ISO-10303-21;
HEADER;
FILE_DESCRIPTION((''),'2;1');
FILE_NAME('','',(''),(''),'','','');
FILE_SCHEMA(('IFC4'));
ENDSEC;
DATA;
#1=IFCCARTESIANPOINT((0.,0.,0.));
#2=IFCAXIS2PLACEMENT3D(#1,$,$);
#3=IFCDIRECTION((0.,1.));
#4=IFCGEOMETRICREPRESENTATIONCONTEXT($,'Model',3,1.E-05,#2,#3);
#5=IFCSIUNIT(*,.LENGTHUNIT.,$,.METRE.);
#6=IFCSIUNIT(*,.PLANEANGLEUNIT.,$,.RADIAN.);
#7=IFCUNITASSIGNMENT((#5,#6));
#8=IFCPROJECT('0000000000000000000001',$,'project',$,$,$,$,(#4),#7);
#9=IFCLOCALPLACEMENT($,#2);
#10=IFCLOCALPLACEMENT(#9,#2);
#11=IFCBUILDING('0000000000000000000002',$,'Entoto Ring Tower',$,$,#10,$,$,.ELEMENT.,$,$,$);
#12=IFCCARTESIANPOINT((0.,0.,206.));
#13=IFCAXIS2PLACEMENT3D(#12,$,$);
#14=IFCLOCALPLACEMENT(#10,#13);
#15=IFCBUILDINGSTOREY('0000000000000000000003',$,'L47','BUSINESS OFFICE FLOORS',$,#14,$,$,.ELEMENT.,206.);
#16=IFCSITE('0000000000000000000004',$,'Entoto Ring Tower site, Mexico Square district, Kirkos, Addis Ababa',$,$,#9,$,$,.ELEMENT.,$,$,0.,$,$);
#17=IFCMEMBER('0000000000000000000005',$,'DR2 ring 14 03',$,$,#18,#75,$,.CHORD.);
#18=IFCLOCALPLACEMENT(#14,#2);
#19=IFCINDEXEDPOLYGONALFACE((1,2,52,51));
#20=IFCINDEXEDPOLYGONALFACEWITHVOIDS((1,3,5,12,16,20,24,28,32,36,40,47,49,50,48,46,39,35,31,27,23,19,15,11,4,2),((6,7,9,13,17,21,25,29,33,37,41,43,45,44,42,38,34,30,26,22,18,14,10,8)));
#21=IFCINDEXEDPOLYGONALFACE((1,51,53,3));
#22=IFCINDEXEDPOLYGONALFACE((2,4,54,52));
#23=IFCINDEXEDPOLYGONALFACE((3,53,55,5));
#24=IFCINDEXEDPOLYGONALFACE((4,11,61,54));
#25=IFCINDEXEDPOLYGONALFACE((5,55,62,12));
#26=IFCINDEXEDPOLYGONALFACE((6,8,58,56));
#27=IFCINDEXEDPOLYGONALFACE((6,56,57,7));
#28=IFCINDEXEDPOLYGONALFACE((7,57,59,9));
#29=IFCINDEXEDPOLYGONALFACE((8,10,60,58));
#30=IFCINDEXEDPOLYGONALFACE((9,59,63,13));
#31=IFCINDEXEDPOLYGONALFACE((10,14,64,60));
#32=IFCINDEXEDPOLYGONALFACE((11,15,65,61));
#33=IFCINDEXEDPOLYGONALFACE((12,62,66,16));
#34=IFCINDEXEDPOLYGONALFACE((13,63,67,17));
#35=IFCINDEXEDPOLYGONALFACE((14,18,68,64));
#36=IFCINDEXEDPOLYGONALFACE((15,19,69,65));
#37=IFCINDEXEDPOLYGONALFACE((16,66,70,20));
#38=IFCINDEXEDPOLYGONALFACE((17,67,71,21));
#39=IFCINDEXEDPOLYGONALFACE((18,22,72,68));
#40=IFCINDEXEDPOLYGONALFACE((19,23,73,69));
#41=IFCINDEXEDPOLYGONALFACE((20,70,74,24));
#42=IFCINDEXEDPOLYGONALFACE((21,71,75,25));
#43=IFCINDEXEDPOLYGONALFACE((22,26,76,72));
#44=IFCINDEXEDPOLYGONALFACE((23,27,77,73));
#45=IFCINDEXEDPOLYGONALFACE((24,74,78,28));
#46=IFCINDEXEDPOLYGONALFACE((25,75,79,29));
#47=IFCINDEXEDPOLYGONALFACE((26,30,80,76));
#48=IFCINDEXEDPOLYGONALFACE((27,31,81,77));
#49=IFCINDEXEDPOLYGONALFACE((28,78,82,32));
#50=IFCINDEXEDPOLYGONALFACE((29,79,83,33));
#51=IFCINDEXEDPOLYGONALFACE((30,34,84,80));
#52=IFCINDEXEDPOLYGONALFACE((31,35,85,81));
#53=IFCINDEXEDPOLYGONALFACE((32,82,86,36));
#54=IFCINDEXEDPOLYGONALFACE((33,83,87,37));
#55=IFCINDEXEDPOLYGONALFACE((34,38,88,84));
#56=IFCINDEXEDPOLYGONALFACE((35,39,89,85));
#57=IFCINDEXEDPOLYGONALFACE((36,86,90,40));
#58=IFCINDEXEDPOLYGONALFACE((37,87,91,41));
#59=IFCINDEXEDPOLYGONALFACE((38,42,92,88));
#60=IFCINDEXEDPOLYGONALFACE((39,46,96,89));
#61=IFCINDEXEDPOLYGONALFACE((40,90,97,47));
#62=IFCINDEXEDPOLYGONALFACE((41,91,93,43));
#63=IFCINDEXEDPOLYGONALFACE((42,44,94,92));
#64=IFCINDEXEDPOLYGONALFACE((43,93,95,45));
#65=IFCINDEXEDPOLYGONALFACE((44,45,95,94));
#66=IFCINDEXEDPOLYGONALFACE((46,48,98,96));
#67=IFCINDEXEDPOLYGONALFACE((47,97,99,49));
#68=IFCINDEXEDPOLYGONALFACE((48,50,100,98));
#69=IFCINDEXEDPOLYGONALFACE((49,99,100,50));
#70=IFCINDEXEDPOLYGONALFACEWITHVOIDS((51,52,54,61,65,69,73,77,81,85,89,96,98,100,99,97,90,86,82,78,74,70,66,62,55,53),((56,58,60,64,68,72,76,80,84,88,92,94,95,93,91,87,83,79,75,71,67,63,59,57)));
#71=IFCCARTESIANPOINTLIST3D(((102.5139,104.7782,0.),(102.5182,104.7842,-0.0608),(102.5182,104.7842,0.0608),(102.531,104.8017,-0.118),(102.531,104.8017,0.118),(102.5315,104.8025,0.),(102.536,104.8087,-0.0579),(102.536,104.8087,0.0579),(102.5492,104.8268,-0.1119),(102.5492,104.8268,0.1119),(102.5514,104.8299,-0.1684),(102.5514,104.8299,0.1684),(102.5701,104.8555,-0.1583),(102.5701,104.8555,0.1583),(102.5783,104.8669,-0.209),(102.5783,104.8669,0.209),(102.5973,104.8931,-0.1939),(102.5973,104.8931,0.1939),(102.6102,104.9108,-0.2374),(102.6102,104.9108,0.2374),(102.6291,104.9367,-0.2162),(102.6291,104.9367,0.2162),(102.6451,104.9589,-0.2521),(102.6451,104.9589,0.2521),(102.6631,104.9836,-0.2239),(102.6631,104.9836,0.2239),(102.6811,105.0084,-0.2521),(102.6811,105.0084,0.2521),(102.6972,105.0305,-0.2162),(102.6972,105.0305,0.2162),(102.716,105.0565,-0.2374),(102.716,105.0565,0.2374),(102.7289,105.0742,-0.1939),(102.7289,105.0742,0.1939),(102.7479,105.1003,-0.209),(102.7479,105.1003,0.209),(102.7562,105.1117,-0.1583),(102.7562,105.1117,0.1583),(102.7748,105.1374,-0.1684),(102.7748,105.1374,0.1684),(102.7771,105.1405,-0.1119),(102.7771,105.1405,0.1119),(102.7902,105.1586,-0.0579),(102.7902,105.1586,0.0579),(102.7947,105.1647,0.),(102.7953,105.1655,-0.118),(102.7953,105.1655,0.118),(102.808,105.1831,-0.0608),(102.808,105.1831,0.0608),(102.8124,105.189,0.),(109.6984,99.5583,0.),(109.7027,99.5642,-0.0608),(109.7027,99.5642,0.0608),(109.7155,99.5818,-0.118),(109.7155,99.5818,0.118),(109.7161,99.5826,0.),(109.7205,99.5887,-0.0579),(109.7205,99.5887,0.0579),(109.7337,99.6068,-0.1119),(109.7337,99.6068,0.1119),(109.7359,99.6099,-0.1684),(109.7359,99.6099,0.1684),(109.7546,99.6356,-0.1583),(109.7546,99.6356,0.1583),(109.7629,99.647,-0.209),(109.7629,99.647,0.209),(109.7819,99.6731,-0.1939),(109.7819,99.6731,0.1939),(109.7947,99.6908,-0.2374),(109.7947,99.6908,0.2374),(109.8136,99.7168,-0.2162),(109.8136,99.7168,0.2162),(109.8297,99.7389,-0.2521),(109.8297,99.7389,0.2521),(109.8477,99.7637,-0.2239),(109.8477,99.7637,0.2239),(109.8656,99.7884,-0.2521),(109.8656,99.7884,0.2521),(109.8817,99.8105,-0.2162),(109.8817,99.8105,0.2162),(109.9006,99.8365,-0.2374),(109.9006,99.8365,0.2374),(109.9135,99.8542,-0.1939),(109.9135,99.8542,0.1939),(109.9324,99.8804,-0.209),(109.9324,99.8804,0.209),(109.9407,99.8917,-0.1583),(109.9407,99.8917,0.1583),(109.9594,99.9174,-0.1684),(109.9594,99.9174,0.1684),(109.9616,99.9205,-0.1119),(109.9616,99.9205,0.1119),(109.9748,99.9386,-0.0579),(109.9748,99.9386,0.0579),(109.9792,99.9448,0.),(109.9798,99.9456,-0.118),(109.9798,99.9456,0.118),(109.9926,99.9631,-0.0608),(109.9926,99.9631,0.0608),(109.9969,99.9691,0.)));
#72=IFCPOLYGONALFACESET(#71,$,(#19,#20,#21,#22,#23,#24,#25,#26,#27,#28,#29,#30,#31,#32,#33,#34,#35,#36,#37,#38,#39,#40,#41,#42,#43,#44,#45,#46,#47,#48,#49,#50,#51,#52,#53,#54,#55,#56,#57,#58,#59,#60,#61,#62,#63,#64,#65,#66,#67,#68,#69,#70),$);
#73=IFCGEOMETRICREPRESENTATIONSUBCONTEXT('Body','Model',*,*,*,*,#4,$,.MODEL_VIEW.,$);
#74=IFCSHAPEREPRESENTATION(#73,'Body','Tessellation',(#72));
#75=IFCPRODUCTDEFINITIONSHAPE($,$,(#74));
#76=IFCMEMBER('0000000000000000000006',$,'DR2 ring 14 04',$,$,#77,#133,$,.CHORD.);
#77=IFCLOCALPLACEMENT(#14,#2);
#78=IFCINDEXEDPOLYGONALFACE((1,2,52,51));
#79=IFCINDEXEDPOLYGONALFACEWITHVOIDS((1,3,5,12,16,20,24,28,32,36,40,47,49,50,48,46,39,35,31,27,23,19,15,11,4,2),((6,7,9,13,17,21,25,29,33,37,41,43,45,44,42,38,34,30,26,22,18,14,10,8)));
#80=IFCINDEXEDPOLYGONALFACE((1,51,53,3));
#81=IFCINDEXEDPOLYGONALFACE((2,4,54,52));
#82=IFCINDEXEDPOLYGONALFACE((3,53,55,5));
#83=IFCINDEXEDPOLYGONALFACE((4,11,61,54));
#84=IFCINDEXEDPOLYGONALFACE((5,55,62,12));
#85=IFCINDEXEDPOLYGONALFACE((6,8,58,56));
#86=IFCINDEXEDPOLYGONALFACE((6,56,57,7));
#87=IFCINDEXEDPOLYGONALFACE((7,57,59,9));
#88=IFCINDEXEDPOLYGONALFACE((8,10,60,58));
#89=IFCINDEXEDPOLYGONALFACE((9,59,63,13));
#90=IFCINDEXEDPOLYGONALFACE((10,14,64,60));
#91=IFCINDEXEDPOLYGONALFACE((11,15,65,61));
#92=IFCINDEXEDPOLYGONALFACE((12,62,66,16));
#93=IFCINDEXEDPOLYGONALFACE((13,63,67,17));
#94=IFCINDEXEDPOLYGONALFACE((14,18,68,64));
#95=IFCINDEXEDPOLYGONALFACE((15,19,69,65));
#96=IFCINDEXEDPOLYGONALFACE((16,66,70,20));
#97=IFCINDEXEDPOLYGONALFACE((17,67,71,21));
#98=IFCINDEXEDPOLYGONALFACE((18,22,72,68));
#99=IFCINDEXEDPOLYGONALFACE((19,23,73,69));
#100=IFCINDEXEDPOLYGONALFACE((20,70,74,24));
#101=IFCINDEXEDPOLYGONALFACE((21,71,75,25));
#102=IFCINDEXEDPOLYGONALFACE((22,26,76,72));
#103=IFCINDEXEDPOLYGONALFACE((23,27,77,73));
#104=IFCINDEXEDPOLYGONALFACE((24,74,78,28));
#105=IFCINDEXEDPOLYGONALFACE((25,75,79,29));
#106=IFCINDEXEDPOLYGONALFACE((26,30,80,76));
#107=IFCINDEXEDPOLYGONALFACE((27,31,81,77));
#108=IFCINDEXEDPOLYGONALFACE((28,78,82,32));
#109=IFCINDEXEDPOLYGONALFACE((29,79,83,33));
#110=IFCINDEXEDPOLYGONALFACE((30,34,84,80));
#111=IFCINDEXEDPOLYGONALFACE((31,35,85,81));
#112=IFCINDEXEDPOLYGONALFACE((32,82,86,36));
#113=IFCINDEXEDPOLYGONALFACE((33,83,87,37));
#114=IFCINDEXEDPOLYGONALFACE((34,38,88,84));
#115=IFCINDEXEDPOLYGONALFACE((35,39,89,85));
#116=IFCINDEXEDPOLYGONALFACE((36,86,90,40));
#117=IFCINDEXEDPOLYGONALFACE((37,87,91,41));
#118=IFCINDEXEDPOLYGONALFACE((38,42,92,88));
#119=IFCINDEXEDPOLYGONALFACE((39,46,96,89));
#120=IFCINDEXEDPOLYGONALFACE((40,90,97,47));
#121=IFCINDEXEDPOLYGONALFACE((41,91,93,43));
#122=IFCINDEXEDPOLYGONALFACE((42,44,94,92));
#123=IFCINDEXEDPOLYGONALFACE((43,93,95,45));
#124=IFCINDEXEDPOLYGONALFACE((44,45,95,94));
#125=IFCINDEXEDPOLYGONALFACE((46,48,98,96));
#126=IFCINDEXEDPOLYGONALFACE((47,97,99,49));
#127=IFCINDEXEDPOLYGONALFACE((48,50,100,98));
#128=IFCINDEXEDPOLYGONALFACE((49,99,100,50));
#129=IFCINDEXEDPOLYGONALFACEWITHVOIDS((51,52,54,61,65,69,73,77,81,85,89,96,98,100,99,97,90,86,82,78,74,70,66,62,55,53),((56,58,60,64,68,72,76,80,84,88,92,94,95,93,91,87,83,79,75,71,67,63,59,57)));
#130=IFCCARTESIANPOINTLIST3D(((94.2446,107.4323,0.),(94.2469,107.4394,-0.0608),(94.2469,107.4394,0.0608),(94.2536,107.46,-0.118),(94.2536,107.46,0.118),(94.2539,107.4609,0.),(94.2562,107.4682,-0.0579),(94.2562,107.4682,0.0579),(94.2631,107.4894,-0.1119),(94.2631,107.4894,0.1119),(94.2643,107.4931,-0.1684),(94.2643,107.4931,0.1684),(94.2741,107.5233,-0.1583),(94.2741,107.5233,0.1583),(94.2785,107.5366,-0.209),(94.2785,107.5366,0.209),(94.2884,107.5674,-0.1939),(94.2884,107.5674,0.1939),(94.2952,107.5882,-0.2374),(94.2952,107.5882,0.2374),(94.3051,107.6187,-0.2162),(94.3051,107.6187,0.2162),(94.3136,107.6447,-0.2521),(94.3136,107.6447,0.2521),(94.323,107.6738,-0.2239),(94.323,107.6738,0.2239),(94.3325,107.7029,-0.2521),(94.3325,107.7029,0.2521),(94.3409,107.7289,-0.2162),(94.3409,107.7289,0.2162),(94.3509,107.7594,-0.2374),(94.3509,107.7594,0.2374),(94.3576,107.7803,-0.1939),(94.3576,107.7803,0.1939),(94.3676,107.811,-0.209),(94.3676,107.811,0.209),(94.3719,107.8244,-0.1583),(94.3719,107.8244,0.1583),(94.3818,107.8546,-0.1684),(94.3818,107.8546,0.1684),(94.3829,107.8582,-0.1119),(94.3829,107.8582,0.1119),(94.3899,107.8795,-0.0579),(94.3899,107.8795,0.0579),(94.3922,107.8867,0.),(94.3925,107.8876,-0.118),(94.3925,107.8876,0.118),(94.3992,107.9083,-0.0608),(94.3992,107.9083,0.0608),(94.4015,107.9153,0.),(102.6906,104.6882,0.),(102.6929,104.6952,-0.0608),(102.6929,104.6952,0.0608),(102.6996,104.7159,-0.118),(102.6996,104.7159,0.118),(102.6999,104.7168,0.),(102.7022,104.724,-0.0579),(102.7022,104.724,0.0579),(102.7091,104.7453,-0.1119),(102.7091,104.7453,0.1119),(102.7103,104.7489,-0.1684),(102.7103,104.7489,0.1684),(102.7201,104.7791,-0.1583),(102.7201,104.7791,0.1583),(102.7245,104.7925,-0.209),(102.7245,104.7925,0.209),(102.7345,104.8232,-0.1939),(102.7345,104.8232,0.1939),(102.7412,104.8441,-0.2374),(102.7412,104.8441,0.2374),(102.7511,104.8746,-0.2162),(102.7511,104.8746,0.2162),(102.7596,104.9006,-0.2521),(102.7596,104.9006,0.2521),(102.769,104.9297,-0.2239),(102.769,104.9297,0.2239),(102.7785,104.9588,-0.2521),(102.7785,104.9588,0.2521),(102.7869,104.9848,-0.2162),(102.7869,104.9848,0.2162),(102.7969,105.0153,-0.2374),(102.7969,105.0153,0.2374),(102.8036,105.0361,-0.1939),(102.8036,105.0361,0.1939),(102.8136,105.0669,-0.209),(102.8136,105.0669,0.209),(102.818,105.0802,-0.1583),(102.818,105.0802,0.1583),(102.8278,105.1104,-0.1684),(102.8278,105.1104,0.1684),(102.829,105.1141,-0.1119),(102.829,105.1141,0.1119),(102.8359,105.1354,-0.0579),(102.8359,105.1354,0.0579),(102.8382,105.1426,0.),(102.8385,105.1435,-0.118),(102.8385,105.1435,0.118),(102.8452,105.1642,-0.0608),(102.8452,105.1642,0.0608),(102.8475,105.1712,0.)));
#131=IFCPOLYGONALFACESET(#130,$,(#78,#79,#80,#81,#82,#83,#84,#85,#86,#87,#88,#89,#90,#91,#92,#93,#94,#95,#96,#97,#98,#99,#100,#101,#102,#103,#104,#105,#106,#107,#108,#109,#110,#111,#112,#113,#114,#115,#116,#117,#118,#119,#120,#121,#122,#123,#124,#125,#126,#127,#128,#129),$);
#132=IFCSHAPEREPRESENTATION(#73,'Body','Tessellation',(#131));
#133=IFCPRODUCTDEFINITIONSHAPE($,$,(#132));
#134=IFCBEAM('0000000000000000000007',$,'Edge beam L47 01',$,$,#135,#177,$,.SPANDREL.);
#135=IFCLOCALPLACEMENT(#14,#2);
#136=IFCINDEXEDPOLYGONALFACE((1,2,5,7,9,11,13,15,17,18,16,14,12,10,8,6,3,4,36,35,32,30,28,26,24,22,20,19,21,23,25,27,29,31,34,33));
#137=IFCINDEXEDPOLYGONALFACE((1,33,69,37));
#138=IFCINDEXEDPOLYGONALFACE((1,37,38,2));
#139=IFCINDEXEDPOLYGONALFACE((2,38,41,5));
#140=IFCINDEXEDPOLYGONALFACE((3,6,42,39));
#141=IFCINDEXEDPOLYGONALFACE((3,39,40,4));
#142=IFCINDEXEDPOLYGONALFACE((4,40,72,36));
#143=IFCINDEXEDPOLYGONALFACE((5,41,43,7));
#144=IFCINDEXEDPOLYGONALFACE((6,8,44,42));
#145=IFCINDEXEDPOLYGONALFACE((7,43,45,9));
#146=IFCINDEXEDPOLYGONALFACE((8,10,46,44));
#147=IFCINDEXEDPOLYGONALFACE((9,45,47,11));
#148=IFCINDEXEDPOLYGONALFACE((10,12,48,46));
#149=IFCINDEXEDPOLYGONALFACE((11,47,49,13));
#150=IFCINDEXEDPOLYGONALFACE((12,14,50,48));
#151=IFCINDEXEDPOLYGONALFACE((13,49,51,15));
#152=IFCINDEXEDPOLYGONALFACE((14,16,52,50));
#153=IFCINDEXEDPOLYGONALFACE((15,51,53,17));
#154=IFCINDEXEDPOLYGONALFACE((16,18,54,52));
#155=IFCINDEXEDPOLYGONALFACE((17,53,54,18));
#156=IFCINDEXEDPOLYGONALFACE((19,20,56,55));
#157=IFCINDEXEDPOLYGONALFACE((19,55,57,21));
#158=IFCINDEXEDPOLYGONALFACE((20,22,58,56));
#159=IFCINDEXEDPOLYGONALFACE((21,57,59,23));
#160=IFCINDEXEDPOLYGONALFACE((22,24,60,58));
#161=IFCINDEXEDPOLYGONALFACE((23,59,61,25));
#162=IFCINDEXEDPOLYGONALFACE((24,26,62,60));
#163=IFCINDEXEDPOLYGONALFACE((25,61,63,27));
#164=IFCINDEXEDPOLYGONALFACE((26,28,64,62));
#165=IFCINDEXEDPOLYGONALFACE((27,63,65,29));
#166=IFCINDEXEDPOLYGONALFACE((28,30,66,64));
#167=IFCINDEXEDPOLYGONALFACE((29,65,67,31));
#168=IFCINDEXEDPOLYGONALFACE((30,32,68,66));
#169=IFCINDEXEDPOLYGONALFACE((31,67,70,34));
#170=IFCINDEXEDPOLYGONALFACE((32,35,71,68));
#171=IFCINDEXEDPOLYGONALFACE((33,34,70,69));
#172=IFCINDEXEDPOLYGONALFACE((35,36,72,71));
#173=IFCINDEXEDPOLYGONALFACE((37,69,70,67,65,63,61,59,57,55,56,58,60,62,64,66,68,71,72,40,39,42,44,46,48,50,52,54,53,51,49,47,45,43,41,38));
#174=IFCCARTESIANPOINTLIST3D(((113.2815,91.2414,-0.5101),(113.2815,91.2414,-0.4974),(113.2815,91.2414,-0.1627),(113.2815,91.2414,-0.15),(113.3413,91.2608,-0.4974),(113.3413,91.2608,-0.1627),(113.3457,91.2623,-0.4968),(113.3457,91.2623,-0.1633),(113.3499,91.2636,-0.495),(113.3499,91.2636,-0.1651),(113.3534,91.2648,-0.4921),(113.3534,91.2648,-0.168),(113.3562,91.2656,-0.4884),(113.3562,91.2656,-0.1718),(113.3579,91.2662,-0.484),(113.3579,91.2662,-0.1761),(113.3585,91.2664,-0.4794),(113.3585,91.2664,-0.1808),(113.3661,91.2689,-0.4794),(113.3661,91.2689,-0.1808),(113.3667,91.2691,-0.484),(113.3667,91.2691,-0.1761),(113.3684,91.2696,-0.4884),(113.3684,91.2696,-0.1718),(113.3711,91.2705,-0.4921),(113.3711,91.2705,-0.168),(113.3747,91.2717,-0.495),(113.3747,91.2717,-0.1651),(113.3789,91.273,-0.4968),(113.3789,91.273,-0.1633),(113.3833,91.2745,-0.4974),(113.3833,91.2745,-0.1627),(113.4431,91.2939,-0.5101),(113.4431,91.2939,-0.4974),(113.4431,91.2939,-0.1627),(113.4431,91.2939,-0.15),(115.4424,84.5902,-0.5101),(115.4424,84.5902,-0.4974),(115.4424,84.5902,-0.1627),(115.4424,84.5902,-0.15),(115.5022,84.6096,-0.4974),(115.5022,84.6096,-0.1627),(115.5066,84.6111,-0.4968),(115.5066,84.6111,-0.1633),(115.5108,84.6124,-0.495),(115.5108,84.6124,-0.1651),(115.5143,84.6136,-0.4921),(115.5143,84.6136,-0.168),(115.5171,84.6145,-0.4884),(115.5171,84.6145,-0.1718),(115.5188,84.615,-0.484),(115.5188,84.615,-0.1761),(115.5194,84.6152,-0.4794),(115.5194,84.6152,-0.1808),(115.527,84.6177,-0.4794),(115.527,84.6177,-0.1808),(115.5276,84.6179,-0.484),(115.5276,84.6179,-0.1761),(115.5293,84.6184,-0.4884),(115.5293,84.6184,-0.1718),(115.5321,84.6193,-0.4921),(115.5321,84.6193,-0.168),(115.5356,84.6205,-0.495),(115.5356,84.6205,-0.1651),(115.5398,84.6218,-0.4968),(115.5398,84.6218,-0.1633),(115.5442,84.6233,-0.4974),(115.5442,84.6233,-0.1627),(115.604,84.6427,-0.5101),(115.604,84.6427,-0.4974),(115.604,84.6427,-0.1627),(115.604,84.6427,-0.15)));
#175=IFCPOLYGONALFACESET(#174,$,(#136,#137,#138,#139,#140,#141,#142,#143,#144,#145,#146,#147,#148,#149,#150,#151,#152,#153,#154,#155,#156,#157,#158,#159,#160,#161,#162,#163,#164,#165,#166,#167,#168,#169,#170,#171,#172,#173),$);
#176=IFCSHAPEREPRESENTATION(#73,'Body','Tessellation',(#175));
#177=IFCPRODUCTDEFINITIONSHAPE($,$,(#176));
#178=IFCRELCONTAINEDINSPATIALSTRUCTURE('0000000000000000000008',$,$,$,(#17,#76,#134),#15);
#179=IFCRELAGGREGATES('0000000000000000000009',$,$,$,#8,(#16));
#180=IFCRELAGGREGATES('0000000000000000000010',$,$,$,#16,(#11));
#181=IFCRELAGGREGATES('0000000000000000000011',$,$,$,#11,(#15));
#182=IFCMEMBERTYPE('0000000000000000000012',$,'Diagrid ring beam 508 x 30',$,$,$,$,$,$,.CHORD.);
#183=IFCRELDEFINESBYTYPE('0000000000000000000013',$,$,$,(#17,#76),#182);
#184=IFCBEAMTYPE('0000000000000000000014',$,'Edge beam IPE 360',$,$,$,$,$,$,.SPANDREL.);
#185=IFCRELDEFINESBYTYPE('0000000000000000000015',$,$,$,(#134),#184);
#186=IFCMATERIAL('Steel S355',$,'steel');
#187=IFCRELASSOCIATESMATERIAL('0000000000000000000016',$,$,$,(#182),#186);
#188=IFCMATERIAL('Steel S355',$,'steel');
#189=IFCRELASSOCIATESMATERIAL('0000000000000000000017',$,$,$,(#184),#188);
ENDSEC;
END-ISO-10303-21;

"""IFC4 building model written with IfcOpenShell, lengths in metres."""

from ifc_helpers import new_model, si_unit, direction, frame, origin, origin_2d, place, context, subcontext, project, spatial, circle, hollow_circle, i_section, extrude, material, material_profile, profile_set, type_object, element, save


model = new_model("IFC4")

# Units and contexts
model_context = context("Model", 3, precision=1e-05, world=origin(), true_north=direction((0.0, 1.0)))
body_context = subcontext(model_context, "Body", "Model", "MODEL_VIEW")
ifc_project = project(units=[si_unit("LENGTHUNIT", "METRE"), si_unit("PLANEANGLEUNIT", "RADIAN")], contexts=[model_context])

# Site, building, storey
site_placement = place(None, origin())
site = spatial("IfcSite", under=ifc_project, at=site_placement, Name="Entoto Ring Tower site, Mexico Square district, Kirkos, Addis Ababa", CompositionType="ELEMENT", RefElevation=0.0)
building_placement = place(site_placement, origin())
building = spatial("IfcBuilding", under=site, at=building_placement, Name="Entoto Ring Tower", CompositionType="ELEMENT")
storey_placement = place(building_placement, frame((0.0, 0.0, 206.0)))
storey = spatial("IfcBuildingStorey", under=building, at=storey_placement, Name="L47", Description="BUSINESS OFFICE FLOORS", CompositionType="ELEMENT", Elevation=206.0)

# Members
ifc_material_1 = material(Name="Steel S355", Category="steel")
ifc_material_profile_1 = material_profile(ifc_material_1, hollow_circle(Radius=0.2539, WallThickness=0.03, at=origin_2d()), Name="CHS 508 x 30")
ifc_material_2 = material(Name="Concrete C60/75", Category="concrete")
ifc_material_profile_2 = material_profile(ifc_material_2, circle(Radius=0.2241, at=origin_2d()), Name="Concrete C60/75 infill")
ifc_profile_set_1 = profile_set([ifc_material_profile_1, ifc_material_profile_2], Name="Steel S355")
member_type_1 = type_object("IfcMemberType", Name="Diagrid ring beam 508 x 30", PredefinedType="CHORD", material=ifc_profile_set_1)
for number, where, z_axis, x_axis, name in (
    (1, (109.8477, 99.7637, 0.0), (-0.809013, 0.587791, 0.0), (-0.587791, -0.809013, 0.0), "DR2 ring 14 03"),
    (2, (102.769, 104.9297, 0.0), (-0.951061, 0.309002, 0.0), (-0.309002, -0.951061, 0.0), "DR2 ring 14 04"),
):
    element("IfcMember", number, at=place(storey_placement, frame(where, z_axis=z_axis, x_axis=x_axis)), inside=storey, type_object=member_type_1, Name=name, PredefinedType="CHORD", context=body_context, shape_type="SweptSolid", body=[
        extrude(hollow_circle(Radius=0.2539, WallThickness=0.03, at=origin_2d()), origin(), (0.0, 0.0, 1.0), 8.8806),
    ])

# Beam
ifc_material_3 = material(Name="Steel S355", Category="steel")
ifc_material_profile_3 = material_profile(ifc_material_3, i_section(OverallWidth=0.1699, OverallDepth=0.3601, WebThickness=0.0081, FlangeThickness=0.0127, FilletRadius=0.0181, at=origin_2d()), Name="IPE 360")
ifc_profile_set_2 = profile_set([ifc_material_profile_3], Name="Steel S355")
beam_type_1 = type_object("IfcBeamType", Name="Edge beam IPE 360", PredefinedType="SPANDREL", material=ifc_profile_set_2)
for number, where, z_axis, x_axis, name in (
    (3, (115.5232, 84.6165, -0.3301), (-0.308992, 0.951065, 0.0), (-0.951065, -0.308992, 0.0), "Edge beam L47 01"),
):
    element("IfcBeam", number, at=place(storey_placement, frame(where, z_axis=z_axis, x_axis=x_axis)), inside=storey, type_object=beam_type_1, Name=name, PredefinedType="SPANDREL", context=body_context, shape_type="SweptSolid", body=[
        extrude(i_section(OverallWidth=0.1699, OverallDepth=0.3601, WebThickness=0.0081, FlangeThickness=0.0127, FilletRadius=0.0181, at=origin_2d()), origin(), (0.0, 0.0, 1.0), 6.9934),
    ])

save(model, "model.ifc")
